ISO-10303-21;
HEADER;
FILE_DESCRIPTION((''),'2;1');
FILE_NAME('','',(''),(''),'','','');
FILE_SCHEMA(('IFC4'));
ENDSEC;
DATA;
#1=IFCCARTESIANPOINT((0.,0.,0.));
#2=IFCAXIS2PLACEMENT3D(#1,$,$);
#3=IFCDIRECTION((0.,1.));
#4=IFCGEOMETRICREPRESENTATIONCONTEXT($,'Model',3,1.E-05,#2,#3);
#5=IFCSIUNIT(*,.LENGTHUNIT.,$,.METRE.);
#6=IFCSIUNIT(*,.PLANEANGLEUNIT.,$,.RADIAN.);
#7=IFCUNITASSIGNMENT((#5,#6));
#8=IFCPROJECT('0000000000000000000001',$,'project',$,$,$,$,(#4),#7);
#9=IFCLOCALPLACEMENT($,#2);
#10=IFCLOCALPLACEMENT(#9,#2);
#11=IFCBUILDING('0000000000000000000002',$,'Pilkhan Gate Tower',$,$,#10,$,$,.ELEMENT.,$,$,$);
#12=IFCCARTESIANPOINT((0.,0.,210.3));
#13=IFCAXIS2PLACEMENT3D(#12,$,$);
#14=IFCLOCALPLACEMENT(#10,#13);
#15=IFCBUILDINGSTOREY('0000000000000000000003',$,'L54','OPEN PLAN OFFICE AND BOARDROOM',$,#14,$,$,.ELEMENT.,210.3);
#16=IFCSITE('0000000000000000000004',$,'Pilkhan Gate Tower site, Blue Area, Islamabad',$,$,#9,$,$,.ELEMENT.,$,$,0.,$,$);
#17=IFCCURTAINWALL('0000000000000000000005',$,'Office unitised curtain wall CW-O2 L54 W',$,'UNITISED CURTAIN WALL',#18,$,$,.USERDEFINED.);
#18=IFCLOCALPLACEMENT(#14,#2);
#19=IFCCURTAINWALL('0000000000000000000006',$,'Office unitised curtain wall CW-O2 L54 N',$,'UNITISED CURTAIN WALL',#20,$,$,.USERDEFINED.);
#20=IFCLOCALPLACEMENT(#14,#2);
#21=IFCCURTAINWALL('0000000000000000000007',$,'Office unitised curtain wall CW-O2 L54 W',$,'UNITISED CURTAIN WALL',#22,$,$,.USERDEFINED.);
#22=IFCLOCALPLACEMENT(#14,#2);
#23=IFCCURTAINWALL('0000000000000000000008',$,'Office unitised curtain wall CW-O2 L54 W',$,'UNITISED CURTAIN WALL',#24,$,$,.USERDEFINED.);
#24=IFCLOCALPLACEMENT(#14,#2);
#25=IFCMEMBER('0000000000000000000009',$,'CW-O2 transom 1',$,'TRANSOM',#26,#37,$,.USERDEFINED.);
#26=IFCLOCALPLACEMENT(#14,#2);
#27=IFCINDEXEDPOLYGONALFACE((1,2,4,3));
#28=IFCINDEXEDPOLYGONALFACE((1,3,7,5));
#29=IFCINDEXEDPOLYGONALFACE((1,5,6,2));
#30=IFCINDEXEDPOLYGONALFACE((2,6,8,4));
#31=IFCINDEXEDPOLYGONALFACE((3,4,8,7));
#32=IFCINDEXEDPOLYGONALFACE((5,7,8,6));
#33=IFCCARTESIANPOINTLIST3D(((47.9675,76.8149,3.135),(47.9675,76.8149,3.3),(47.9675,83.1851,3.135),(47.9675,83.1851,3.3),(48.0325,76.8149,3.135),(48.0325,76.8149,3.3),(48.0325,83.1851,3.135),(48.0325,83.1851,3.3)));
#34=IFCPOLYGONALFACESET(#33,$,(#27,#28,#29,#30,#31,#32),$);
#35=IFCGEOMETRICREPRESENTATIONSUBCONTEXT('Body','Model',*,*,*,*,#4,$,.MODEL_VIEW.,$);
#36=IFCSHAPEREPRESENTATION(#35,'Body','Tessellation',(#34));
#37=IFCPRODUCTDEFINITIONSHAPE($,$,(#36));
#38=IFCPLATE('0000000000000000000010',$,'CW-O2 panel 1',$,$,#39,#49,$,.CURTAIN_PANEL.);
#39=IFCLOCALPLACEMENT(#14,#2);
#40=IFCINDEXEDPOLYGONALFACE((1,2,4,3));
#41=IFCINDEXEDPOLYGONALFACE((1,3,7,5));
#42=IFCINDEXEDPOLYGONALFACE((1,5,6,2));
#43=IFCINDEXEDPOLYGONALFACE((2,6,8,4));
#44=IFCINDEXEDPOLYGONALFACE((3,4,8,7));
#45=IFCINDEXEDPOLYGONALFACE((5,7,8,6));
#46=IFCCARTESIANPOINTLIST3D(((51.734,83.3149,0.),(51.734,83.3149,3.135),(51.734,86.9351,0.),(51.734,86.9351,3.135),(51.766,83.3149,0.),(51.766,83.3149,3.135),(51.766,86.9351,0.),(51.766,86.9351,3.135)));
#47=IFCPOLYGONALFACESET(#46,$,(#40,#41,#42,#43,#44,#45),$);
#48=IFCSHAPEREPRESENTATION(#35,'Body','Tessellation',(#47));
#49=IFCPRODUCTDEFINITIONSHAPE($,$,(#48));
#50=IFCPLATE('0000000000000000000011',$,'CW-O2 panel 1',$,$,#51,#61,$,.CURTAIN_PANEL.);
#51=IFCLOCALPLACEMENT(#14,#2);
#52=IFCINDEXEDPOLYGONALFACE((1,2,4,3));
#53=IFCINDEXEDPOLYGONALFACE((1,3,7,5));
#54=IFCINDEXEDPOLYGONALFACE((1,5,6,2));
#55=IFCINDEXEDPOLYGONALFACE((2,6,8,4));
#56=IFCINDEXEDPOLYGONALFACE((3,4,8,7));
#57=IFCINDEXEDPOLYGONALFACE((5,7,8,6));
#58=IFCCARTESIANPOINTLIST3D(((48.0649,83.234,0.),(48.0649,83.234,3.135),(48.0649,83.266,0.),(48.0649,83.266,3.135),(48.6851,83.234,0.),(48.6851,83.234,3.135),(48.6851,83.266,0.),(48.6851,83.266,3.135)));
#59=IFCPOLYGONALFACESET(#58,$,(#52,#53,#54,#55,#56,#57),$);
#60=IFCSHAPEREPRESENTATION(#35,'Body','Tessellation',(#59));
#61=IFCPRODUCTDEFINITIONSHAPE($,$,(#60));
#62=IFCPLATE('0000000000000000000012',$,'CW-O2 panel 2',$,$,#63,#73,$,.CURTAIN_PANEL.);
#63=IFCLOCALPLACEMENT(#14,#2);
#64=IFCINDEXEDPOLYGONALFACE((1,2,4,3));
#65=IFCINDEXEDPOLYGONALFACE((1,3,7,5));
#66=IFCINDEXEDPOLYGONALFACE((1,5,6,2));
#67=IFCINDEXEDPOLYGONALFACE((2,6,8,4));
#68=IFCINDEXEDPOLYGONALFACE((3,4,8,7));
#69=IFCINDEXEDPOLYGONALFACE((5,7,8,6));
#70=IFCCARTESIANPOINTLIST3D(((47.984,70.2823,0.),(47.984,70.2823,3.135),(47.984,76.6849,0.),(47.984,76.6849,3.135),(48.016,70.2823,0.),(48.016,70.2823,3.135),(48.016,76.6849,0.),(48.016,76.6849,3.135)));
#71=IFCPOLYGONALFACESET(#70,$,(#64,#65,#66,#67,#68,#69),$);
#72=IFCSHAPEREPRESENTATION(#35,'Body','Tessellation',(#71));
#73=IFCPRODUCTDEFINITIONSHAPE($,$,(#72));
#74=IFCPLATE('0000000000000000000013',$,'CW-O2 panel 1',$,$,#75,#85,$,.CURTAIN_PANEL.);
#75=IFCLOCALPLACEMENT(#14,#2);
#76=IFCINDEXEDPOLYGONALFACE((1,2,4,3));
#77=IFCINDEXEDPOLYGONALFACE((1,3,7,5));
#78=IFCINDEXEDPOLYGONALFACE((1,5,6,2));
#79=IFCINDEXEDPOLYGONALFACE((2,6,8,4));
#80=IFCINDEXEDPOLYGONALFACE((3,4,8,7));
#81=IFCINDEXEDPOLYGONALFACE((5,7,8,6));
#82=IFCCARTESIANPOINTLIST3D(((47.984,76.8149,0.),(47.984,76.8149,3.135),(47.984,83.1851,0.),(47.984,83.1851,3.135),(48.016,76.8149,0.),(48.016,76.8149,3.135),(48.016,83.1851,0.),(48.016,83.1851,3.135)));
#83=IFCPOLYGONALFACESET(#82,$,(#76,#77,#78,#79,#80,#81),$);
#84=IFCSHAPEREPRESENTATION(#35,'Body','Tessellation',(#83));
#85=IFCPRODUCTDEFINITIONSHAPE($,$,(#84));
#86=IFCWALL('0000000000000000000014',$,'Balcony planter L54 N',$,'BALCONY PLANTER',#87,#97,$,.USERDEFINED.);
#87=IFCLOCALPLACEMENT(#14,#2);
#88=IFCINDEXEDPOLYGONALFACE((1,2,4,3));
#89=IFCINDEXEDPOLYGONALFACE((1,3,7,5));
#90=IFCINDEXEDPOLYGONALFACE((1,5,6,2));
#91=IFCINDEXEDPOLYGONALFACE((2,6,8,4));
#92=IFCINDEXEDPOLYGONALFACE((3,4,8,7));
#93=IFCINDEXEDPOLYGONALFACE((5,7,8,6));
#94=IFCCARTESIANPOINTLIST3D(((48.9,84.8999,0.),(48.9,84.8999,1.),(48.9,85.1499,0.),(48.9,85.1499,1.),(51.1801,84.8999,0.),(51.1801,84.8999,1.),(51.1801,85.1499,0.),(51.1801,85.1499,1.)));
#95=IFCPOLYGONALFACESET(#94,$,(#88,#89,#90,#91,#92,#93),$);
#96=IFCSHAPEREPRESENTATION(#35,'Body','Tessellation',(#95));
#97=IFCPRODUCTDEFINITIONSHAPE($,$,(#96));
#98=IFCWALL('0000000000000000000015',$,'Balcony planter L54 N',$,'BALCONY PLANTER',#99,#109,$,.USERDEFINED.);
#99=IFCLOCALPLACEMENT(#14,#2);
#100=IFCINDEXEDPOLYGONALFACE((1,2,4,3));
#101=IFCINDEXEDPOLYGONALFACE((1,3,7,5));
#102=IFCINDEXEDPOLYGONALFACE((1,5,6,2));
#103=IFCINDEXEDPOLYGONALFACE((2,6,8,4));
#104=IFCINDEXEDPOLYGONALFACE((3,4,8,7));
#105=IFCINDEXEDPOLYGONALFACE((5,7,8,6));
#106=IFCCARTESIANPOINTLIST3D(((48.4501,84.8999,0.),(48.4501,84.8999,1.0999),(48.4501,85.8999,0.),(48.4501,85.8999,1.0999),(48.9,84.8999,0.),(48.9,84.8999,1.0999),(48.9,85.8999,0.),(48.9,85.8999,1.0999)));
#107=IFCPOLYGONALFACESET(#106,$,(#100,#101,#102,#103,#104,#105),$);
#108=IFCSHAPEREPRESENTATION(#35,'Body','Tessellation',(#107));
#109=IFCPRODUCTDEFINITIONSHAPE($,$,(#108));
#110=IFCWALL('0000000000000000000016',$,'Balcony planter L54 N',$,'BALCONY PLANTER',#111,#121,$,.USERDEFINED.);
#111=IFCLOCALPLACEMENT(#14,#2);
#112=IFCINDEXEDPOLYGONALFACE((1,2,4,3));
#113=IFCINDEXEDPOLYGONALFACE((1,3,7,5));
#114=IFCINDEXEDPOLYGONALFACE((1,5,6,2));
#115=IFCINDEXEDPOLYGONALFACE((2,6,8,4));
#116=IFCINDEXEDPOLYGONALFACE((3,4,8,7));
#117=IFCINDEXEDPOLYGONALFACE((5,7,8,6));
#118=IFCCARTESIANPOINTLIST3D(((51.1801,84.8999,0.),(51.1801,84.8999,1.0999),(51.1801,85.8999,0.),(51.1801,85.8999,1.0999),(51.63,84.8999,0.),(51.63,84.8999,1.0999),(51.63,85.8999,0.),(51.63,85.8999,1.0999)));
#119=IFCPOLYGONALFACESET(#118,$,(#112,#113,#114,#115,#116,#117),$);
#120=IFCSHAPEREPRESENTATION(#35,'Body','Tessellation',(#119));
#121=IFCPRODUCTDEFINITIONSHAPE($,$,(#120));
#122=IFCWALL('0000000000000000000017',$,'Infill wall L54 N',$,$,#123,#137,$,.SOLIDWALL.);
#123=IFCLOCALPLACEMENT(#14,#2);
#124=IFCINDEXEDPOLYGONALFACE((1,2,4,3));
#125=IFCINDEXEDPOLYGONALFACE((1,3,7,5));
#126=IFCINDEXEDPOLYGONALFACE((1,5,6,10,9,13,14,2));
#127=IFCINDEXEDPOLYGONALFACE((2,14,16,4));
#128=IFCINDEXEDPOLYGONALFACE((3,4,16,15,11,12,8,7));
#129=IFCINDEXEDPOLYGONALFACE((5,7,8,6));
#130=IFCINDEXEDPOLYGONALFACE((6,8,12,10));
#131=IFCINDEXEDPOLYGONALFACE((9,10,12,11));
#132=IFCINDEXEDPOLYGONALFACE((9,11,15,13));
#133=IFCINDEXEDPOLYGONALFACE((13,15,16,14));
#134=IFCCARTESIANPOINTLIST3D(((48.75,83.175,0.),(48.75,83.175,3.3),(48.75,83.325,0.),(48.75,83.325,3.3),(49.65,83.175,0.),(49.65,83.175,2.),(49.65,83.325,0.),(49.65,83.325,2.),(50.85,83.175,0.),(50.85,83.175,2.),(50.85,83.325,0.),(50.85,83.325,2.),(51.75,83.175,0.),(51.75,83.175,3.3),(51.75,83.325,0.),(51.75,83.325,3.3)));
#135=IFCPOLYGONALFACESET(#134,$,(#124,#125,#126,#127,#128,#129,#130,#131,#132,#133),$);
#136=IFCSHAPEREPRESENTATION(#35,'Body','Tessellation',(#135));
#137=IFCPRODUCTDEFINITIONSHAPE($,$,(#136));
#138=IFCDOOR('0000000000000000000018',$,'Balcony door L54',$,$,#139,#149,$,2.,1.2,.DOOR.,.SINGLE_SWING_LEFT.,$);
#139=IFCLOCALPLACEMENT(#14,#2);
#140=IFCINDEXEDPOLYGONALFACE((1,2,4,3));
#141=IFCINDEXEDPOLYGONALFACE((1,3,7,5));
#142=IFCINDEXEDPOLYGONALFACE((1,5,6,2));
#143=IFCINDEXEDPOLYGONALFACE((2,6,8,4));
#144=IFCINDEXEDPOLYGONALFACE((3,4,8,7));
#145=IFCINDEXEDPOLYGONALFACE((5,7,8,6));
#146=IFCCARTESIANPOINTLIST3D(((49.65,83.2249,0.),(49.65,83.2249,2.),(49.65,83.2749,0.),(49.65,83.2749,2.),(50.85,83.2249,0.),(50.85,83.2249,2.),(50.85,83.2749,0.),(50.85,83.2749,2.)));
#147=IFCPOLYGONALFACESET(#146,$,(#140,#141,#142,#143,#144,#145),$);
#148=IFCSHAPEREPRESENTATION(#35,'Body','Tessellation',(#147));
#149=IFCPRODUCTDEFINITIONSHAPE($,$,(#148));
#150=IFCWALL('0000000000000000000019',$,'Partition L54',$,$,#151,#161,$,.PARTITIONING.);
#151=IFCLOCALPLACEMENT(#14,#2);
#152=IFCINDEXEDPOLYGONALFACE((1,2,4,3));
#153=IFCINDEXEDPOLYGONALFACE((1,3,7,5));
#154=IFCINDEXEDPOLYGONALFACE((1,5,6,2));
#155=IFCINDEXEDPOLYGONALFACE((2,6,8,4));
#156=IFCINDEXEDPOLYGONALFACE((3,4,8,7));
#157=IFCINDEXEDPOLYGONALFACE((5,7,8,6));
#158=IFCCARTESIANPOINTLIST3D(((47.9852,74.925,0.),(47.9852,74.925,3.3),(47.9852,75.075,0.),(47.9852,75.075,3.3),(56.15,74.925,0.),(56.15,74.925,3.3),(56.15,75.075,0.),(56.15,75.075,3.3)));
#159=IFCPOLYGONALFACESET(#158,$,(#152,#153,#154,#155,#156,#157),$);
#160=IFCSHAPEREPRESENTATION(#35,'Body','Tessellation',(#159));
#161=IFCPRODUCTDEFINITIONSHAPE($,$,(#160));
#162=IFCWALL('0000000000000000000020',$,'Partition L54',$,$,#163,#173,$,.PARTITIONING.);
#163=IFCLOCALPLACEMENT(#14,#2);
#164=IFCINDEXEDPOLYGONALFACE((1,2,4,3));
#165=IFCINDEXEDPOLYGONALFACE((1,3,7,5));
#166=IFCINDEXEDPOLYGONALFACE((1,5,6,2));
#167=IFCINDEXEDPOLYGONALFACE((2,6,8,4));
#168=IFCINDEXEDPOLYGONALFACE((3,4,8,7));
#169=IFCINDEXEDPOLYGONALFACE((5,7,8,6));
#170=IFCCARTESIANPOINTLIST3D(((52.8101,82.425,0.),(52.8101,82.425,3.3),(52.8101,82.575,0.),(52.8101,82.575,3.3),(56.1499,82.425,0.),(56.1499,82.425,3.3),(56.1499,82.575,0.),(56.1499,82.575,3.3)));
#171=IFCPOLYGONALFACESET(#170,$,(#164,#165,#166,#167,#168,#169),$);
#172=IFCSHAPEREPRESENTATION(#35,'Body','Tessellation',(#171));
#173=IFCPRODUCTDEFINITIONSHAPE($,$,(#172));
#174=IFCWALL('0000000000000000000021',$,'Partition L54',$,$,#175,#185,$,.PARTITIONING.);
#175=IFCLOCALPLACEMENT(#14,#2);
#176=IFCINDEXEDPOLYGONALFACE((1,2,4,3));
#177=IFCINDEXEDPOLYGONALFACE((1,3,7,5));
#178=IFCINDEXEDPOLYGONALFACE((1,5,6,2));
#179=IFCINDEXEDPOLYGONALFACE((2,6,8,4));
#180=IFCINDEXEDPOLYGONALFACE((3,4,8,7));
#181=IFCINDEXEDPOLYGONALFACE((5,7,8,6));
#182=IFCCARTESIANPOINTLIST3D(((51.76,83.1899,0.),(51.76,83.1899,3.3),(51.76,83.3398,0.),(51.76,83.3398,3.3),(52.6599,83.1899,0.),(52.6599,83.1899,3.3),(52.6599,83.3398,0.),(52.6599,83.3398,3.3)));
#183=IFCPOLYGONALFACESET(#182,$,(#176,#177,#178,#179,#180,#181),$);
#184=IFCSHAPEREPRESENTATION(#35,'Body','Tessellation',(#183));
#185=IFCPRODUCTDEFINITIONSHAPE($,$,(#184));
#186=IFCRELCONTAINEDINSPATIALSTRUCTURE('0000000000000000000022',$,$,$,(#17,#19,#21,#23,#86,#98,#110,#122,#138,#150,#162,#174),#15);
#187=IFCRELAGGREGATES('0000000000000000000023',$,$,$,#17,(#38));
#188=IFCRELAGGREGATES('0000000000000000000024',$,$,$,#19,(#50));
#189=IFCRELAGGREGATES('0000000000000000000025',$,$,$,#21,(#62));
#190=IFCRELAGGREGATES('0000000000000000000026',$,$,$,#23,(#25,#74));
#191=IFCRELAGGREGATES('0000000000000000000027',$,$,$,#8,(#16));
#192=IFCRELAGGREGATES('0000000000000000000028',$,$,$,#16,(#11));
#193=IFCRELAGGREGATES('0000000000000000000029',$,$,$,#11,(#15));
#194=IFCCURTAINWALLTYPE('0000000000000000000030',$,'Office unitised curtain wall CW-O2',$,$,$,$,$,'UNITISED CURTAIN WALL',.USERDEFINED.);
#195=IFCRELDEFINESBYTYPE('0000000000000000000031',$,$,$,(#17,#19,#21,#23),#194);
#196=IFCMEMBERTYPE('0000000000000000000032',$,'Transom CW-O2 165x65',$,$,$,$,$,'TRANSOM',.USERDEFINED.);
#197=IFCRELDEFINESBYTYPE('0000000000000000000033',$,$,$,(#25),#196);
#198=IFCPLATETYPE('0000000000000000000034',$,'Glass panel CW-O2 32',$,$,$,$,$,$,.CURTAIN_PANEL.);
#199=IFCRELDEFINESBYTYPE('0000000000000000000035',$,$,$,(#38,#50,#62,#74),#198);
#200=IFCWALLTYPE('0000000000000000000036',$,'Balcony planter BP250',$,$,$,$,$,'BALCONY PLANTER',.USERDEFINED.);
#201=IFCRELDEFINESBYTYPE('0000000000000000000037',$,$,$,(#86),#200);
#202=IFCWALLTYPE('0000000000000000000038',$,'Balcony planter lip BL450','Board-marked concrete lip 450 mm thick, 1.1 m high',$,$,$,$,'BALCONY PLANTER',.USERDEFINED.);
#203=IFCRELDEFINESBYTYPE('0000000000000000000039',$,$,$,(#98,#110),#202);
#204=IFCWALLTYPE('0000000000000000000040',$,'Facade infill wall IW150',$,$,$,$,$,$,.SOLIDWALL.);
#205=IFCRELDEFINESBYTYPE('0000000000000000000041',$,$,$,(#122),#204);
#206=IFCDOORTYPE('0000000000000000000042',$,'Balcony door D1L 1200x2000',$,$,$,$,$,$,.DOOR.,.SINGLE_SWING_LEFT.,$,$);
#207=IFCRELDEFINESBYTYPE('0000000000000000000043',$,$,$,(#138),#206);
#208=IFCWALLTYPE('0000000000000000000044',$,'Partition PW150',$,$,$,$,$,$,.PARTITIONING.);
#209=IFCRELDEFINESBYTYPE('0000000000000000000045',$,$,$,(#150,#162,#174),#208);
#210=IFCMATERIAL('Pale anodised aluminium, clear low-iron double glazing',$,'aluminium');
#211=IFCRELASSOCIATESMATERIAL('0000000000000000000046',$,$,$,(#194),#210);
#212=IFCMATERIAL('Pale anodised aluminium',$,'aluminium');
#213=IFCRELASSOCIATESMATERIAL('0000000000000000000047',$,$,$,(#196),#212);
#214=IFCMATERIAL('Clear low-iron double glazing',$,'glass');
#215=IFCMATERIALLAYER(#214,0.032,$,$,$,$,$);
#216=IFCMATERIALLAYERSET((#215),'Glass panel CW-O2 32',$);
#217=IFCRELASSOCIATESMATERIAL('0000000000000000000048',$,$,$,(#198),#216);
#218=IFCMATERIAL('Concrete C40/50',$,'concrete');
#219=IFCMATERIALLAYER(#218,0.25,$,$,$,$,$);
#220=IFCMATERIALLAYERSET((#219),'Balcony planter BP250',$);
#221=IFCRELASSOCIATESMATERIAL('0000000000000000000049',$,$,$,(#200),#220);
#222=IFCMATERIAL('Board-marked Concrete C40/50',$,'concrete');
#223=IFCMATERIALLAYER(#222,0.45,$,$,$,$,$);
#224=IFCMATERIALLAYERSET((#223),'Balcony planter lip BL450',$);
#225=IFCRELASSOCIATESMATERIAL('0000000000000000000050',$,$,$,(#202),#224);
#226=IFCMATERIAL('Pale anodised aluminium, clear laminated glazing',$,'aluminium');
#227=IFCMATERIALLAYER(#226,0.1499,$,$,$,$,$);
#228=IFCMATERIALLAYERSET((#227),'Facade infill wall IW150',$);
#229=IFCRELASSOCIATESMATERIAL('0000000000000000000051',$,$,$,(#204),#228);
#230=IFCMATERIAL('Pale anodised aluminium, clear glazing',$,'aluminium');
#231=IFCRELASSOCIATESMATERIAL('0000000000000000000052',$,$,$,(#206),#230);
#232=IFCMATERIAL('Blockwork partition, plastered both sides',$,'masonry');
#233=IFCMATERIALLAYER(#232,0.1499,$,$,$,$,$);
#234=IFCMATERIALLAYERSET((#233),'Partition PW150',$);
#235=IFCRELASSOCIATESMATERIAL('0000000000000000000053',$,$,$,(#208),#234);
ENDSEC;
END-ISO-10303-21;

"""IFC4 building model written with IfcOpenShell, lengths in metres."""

from ifc_helpers import new_model, si_unit, direction, frame, frame_2d, origin, origin_2d, place, context, subcontext, project, spatial, rectangle, extrude, material, layer, layer_set, material_profile, profile_set, type_object, element, fill, aggregate, save


model = new_model("IFC4")

# Units and contexts
model_context = context("Model", 3, precision=1e-05, world=origin(), true_north=direction((0.0, 1.0)))
body_context = subcontext(model_context, "Body", "Model", "MODEL_VIEW")
ifc_project = project(units=[si_unit("LENGTHUNIT", "METRE"), si_unit("PLANEANGLEUNIT", "RADIAN")], contexts=[model_context])

# Site, building, storey
site_placement = place(None, origin())
site = spatial("IfcSite", under=ifc_project, at=site_placement, Name="Pilkhan Gate Tower site, Blue Area, Islamabad", CompositionType="ELEMENT", RefElevation=0.0)
building_placement = place(site_placement, origin())
building = spatial("IfcBuilding", under=site, at=building_placement, Name="Pilkhan Gate Tower", CompositionType="ELEMENT")
storey_placement = place(building_placement, frame((0.0, 0.0, 210.3)))
storey = spatial("IfcBuildingStorey", under=building, at=storey_placement, Name="L54", Description="OPEN PLAN OFFICE AND BOARDROOM", CompositionType="ELEMENT", Elevation=210.3)

# Curtain wall
ifc_material_1 = material(Name="Pale anodised aluminium, clear low-iron double glazing", Category="aluminium")
curtain_wall_type = type_object("IfcCurtainWallType", Name="Office unitised curtain wall CW-O2", ElementType="UNITISED CURTAIN WALL", PredefinedType="USERDEFINED", material=ifc_material_1)
curtain_wall_1_placement = place(storey_placement, origin())
curtain_wall_1 = element("IfcCurtainWall", 1, at=curtain_wall_1_placement, inside=storey, type_object=curtain_wall_type, Name="Office unitised curtain wall CW-O2 L54 W", ObjectType="UNITISED CURTAIN WALL", PredefinedType="USERDEFINED")
ifc_material_2 = material(Name="Pale anodised aluminium", Category="aluminium")

# Curtain wall
curtain_wall_2_placement = place(storey_placement, origin())
curtain_wall_2 = element("IfcCurtainWall", 2, at=curtain_wall_2_placement, inside=storey, type_object=curtain_wall_type, Name="Office unitised curtain wall CW-O2 L54 N", ObjectType="UNITISED CURTAIN WALL", PredefinedType="USERDEFINED")

# Curtain wall
curtain_wall_3_placement = place(storey_placement, origin())
curtain_wall_3 = element("IfcCurtainWall", 3, at=curtain_wall_3_placement, inside=storey, type_object=curtain_wall_type, Name="Office unitised curtain wall CW-O2 L54 W", ObjectType="UNITISED CURTAIN WALL", PredefinedType="USERDEFINED")

# Curtain wall
curtain_wall_4_placement = place(storey_placement, origin())
curtain_wall_4 = element("IfcCurtainWall", 4, at=curtain_wall_4_placement, inside=storey, type_object=curtain_wall_type, Name="Office unitised curtain wall CW-O2 L54 W", ObjectType="UNITISED CURTAIN WALL", PredefinedType="USERDEFINED")

# Member
ifc_material_profile_1 = material_profile(ifc_material_2, rectangle(XDim=0.0649, YDim=0.165, at=origin_2d()), Name="Transom 165x65")
ifc_profile_set_1 = profile_set([ifc_material_profile_1], Name="Pale anodised aluminium")
member_type_1 = type_object("IfcMemberType", Name="Transom CW-O2 165x65", ElementType="TRANSOM", PredefinedType="USERDEFINED", material=ifc_profile_set_1)
member_1_placement = place(storey_placement, frame((48.0, 76.8149, 3.2175), z_axis=(0.0, 1.0, 0.0), x_axis=(-1.0, 0.0, 0.0)))
member_1 = element("IfcMember", 5, at=member_1_placement, type_object=member_type_1, Name="CW-O2 transom 1", ObjectType="TRANSOM", PredefinedType="USERDEFINED", context=body_context, shape_type="SweptSolid", body=[
    extrude(rectangle(XDim=0.0649, YDim=0.165, at=origin_2d()), origin(), (0.0, 0.0, 1.0), 6.3701),
])

# Plates
ifc_material_3 = material(Name="Clear low-iron double glazing", Category="glass")
ifc_layer_1 = layer(ifc_material_3, 0.032)
ifc_layer_set_1 = layer_set([ifc_layer_1], Name="Glass panel CW-O2 32")
plate_type = type_object("IfcPlateType", Name="Glass panel CW-O2 32", PredefinedType="CURTAIN_PANEL", material=ifc_layer_set_1)
plate_1_placement = place(storey_placement, frame((51.75, 85.125, 0.0), z_axis=(0.0, 0.0, 1.0), x_axis=(0.0, 1.0, 0.0)))
plate_1 = element("IfcPlate", 6, at=plate_1_placement, type_object=plate_type, Name="CW-O2 panel 1", PredefinedType="CURTAIN_PANEL", context=body_context, shape_type="SweptSolid", body=[
    extrude(rectangle(XDim=3.6201, YDim=0.032, at=origin_2d()), origin(), (0.0, 0.0, 1.0), 3.135),
])
aggregate(curtain_wall_1, [plate_1])
plate_2_placement = place(storey_placement, frame((48.375, 83.25, 0.0), z_axis=(0.0, 0.0, 1.0), x_axis=(1.0, 0.0, 0.0)))
plate_2 = element("IfcPlate", 7, at=plate_2_placement, type_object=plate_type, Name="CW-O2 panel 1", PredefinedType="CURTAIN_PANEL", context=body_context, shape_type="SweptSolid", body=[
    extrude(rectangle(XDim=0.6201, YDim=0.032, at=origin_2d()), origin(), (0.0, 0.0, 1.0), 3.135),
])
aggregate(curtain_wall_2, [plate_2])
plate_3_placement = place(storey_placement, frame((48.0, 73.4836, 0.0), z_axis=(0.0, 0.0, 1.0), x_axis=(0.0, 1.0, 0.0)))
plate_3 = element("IfcPlate", 8, at=plate_3_placement, type_object=plate_type, Name="CW-O2 panel 2", PredefinedType="CURTAIN_PANEL", context=body_context, shape_type="SweptSolid", body=[
    extrude(rectangle(XDim=6.4026, YDim=0.032, at=origin_2d()), origin(), (0.0, 0.0, 1.0), 3.135),
])
aggregate(curtain_wall_3, [plate_3])
plate_4_placement = place(storey_placement, frame((48.0, 80.0, 0.0), z_axis=(0.0, 0.0, 1.0), x_axis=(0.0, 1.0, 0.0)))
plate_4 = element("IfcPlate", 9, at=plate_4_placement, type_object=plate_type, Name="CW-O2 panel 1", PredefinedType="CURTAIN_PANEL", context=body_context, shape_type="SweptSolid", body=[
    extrude(rectangle(XDim=6.3701, YDim=0.032, at=origin_2d()), origin(), (0.0, 0.0, 1.0), 3.135),
])
aggregate(curtain_wall_4, [member_1, plate_4])

# Walls
ifc_material_4 = material(Name="Concrete C40/50", Category="concrete")
ifc_layer_2 = layer(ifc_material_4, 0.25)
ifc_layer_set_2 = layer_set([ifc_layer_2], Name="Balcony planter BP250")
wall_type_1 = type_object("IfcWallType", Name="Balcony planter BP250", ElementType="BALCONY PLANTER", PredefinedType="USERDEFINED", material=ifc_layer_set_2)
wall_1_placement = place(storey_placement, frame((48.8999, 85.0249, 0.0), z_axis=(0.0, 0.0, 1.0), x_axis=(1.0, 0.0, 0.0)))
element("IfcWall", 10, at=wall_1_placement, inside=storey, type_object=wall_type_1, Name="Balcony planter L54 N", ObjectType="BALCONY PLANTER", PredefinedType="USERDEFINED", context=body_context, shape_type="SweptSolid", body=[
    extrude(rectangle(XDim=2.28, YDim=0.25, at=frame_2d((1.1401, 0.0))), origin(), (0.0, 0.0, 1.0), 1.0),
])
ifc_material_5 = material(Name="Board-marked Concrete C40/50", Category="concrete")
ifc_layer_3 = layer(ifc_material_5, 0.45)
ifc_layer_set_3 = layer_set([ifc_layer_3], Name="Balcony planter lip BL450")
wall_type_2 = type_object("IfcWallType", Name="Balcony planter lip BL450", Description="Board-marked concrete lip 450 mm thick, 1.1 m high", ElementType="BALCONY PLANTER", PredefinedType="USERDEFINED", material=ifc_layer_set_3)
for number, where, z_axis, x_axis, name in (
    (11, (48.675, 84.8999, 0.0), (0.0, 0.0, 1.0), (0.0, 1.0, 0.0), "Balcony planter L54 N"),
    (12, (51.405, 84.8999, 0.0), (0.0, 0.0, 1.0), (0.0, 1.0, 0.0), "Balcony planter L54 N"),
):
    element("IfcWall", number, at=place(storey_placement, frame(where, z_axis=z_axis, x_axis=x_axis)), inside=storey, type_object=wall_type_2, Name=name, ObjectType="BALCONY PLANTER", PredefinedType="USERDEFINED", context=body_context, shape_type="SweptSolid", body=[
        extrude(rectangle(XDim=1.0, YDim=0.45, at=frame_2d((0.5, 0.0))), origin(), (0.0, 0.0, 1.0), 1.0999),
    ])

# Wall, opening, door
ifc_material_6 = material(Name="Pale anodised aluminium, clear laminated glazing", Category="aluminium")
ifc_layer_4 = layer(ifc_material_6, 0.1499)
ifc_layer_set_4 = layer_set([ifc_layer_4], Name="Facade infill wall IW150")
wall_type_3 = type_object("IfcWallType", Name="Facade infill wall IW150", PredefinedType="SOLIDWALL", material=ifc_layer_set_4)
wall_2_placement = place(storey_placement, frame((48.75, 83.25, 0.0), z_axis=(0.0, 0.0, 1.0), x_axis=(1.0, 0.0, 0.0)))
wall_2 = element("IfcWall", 13, at=wall_2_placement, inside=storey, type_object=wall_type_3, Name="Infill wall L54 N", PredefinedType="SOLIDWALL", context=body_context, shape_type="SweptSolid", body=[
    extrude(rectangle(XDim=3.0, YDim=0.1499, at=frame_2d((1.5, 0.0))), origin(), (0.0, 0.0, 1.0), 3.3),
])
opening_placement = place(wall_2_placement, frame((0.8999, 0.0, 0.0)))
opening = element("IfcOpeningElement", 14, at=opening_placement, cuts=wall_2, PredefinedType="OPENING", context=body_context, shape_type="SweptSolid", body=[
    extrude(rectangle(XDim=1.2, YDim=2.0, at=frame_2d((0.6001, 1.0))), frame((0.0, 0.085, 0.0), z_axis=(0.0, -1.0, 0.0), x_axis=(1.0, 0.0, 0.0)), (0.0, 0.0, 1.0), 0.1699),
])
ifc_material_7 = material(Name="Pale anodised aluminium, clear glazing", Category="aluminium")
door_type = type_object("IfcDoorType", Name="Balcony door D1L 1200x2000", OperationType="SINGLE_SWING_LEFT", PredefinedType="DOOR", material=ifc_material_7)
door_placement = place(opening_placement, origin())
door = element("IfcDoor", 15, at=door_placement, inside=storey, type_object=door_type, Name="Balcony door L54", OperationType="SINGLE_SWING_LEFT", OverallHeight=2.0, OverallWidth=1.2, PredefinedType="DOOR", context=body_context, shape_type="SweptSolid", body=[
    extrude(rectangle(XDim=1.2, YDim=2.0, at=frame_2d((0.6001, 1.0))), frame((0.0, 0.0249, 0.0), z_axis=(0.0, -1.0, 0.0), x_axis=(1.0, 0.0, 0.0)), (0.0, 0.0, 1.0), 0.05),
])
fill(opening, door)

# Walls
ifc_material_8 = material(Name="Blockwork partition, plastered both sides", Category="masonry")
ifc_layer_5 = layer(ifc_material_8, 0.1499)
ifc_layer_set_5 = layer_set([ifc_layer_5], Name="Partition PW150")
wall_type_4 = type_object("IfcWallType", Name="Partition PW150", PredefinedType="PARTITIONING", material=ifc_layer_set_5)
wall_3_placement = place(storey_placement, frame((47.9851, 75.0, 0.0), z_axis=(0.0, 0.0, 1.0), x_axis=(1.0, 0.0, 0.0)))
element("IfcWall", 16, at=wall_3_placement, inside=storey, type_object=wall_type_4, Name="Partition L54", PredefinedType="PARTITIONING", context=body_context, shape_type="SweptSolid", body=[
    extrude(rectangle(XDim=8.1648, YDim=0.1499, at=frame_2d((4.0825, 0.0))), origin(), (0.0, 0.0, 1.0), 3.3),
])
wall_4_placement = place(storey_placement, frame((52.8101, 82.5, 0.0), z_axis=(0.0, 0.0, 1.0), x_axis=(1.0, 0.0, 0.0)))
element("IfcWall", 17, at=wall_4_placement, inside=storey, type_object=wall_type_4, Name="Partition L54", PredefinedType="PARTITIONING", context=body_context, shape_type="SweptSolid", body=[
    extrude(rectangle(XDim=3.3398, YDim=0.1499, at=frame_2d((1.6699, 0.0))), origin(), (0.0, 0.0, 1.0), 3.3),
])
wall_5_placement = place(storey_placement, frame((51.76, 83.2649, 0.0), z_axis=(0.0, 0.0, 1.0), x_axis=(1.0, 0.0, 0.0)))
element("IfcWall", 18, at=wall_5_placement, inside=storey, type_object=wall_type_4, Name="Partition L54", PredefinedType="PARTITIONING", context=body_context, shape_type="SweptSolid", body=[
    extrude(rectangle(XDim=0.8999, YDim=0.1499, at=frame_2d((0.45, 0.0))), origin(), (0.0, 0.0, 1.0), 3.3),
])

save(model, "model.ifc")
